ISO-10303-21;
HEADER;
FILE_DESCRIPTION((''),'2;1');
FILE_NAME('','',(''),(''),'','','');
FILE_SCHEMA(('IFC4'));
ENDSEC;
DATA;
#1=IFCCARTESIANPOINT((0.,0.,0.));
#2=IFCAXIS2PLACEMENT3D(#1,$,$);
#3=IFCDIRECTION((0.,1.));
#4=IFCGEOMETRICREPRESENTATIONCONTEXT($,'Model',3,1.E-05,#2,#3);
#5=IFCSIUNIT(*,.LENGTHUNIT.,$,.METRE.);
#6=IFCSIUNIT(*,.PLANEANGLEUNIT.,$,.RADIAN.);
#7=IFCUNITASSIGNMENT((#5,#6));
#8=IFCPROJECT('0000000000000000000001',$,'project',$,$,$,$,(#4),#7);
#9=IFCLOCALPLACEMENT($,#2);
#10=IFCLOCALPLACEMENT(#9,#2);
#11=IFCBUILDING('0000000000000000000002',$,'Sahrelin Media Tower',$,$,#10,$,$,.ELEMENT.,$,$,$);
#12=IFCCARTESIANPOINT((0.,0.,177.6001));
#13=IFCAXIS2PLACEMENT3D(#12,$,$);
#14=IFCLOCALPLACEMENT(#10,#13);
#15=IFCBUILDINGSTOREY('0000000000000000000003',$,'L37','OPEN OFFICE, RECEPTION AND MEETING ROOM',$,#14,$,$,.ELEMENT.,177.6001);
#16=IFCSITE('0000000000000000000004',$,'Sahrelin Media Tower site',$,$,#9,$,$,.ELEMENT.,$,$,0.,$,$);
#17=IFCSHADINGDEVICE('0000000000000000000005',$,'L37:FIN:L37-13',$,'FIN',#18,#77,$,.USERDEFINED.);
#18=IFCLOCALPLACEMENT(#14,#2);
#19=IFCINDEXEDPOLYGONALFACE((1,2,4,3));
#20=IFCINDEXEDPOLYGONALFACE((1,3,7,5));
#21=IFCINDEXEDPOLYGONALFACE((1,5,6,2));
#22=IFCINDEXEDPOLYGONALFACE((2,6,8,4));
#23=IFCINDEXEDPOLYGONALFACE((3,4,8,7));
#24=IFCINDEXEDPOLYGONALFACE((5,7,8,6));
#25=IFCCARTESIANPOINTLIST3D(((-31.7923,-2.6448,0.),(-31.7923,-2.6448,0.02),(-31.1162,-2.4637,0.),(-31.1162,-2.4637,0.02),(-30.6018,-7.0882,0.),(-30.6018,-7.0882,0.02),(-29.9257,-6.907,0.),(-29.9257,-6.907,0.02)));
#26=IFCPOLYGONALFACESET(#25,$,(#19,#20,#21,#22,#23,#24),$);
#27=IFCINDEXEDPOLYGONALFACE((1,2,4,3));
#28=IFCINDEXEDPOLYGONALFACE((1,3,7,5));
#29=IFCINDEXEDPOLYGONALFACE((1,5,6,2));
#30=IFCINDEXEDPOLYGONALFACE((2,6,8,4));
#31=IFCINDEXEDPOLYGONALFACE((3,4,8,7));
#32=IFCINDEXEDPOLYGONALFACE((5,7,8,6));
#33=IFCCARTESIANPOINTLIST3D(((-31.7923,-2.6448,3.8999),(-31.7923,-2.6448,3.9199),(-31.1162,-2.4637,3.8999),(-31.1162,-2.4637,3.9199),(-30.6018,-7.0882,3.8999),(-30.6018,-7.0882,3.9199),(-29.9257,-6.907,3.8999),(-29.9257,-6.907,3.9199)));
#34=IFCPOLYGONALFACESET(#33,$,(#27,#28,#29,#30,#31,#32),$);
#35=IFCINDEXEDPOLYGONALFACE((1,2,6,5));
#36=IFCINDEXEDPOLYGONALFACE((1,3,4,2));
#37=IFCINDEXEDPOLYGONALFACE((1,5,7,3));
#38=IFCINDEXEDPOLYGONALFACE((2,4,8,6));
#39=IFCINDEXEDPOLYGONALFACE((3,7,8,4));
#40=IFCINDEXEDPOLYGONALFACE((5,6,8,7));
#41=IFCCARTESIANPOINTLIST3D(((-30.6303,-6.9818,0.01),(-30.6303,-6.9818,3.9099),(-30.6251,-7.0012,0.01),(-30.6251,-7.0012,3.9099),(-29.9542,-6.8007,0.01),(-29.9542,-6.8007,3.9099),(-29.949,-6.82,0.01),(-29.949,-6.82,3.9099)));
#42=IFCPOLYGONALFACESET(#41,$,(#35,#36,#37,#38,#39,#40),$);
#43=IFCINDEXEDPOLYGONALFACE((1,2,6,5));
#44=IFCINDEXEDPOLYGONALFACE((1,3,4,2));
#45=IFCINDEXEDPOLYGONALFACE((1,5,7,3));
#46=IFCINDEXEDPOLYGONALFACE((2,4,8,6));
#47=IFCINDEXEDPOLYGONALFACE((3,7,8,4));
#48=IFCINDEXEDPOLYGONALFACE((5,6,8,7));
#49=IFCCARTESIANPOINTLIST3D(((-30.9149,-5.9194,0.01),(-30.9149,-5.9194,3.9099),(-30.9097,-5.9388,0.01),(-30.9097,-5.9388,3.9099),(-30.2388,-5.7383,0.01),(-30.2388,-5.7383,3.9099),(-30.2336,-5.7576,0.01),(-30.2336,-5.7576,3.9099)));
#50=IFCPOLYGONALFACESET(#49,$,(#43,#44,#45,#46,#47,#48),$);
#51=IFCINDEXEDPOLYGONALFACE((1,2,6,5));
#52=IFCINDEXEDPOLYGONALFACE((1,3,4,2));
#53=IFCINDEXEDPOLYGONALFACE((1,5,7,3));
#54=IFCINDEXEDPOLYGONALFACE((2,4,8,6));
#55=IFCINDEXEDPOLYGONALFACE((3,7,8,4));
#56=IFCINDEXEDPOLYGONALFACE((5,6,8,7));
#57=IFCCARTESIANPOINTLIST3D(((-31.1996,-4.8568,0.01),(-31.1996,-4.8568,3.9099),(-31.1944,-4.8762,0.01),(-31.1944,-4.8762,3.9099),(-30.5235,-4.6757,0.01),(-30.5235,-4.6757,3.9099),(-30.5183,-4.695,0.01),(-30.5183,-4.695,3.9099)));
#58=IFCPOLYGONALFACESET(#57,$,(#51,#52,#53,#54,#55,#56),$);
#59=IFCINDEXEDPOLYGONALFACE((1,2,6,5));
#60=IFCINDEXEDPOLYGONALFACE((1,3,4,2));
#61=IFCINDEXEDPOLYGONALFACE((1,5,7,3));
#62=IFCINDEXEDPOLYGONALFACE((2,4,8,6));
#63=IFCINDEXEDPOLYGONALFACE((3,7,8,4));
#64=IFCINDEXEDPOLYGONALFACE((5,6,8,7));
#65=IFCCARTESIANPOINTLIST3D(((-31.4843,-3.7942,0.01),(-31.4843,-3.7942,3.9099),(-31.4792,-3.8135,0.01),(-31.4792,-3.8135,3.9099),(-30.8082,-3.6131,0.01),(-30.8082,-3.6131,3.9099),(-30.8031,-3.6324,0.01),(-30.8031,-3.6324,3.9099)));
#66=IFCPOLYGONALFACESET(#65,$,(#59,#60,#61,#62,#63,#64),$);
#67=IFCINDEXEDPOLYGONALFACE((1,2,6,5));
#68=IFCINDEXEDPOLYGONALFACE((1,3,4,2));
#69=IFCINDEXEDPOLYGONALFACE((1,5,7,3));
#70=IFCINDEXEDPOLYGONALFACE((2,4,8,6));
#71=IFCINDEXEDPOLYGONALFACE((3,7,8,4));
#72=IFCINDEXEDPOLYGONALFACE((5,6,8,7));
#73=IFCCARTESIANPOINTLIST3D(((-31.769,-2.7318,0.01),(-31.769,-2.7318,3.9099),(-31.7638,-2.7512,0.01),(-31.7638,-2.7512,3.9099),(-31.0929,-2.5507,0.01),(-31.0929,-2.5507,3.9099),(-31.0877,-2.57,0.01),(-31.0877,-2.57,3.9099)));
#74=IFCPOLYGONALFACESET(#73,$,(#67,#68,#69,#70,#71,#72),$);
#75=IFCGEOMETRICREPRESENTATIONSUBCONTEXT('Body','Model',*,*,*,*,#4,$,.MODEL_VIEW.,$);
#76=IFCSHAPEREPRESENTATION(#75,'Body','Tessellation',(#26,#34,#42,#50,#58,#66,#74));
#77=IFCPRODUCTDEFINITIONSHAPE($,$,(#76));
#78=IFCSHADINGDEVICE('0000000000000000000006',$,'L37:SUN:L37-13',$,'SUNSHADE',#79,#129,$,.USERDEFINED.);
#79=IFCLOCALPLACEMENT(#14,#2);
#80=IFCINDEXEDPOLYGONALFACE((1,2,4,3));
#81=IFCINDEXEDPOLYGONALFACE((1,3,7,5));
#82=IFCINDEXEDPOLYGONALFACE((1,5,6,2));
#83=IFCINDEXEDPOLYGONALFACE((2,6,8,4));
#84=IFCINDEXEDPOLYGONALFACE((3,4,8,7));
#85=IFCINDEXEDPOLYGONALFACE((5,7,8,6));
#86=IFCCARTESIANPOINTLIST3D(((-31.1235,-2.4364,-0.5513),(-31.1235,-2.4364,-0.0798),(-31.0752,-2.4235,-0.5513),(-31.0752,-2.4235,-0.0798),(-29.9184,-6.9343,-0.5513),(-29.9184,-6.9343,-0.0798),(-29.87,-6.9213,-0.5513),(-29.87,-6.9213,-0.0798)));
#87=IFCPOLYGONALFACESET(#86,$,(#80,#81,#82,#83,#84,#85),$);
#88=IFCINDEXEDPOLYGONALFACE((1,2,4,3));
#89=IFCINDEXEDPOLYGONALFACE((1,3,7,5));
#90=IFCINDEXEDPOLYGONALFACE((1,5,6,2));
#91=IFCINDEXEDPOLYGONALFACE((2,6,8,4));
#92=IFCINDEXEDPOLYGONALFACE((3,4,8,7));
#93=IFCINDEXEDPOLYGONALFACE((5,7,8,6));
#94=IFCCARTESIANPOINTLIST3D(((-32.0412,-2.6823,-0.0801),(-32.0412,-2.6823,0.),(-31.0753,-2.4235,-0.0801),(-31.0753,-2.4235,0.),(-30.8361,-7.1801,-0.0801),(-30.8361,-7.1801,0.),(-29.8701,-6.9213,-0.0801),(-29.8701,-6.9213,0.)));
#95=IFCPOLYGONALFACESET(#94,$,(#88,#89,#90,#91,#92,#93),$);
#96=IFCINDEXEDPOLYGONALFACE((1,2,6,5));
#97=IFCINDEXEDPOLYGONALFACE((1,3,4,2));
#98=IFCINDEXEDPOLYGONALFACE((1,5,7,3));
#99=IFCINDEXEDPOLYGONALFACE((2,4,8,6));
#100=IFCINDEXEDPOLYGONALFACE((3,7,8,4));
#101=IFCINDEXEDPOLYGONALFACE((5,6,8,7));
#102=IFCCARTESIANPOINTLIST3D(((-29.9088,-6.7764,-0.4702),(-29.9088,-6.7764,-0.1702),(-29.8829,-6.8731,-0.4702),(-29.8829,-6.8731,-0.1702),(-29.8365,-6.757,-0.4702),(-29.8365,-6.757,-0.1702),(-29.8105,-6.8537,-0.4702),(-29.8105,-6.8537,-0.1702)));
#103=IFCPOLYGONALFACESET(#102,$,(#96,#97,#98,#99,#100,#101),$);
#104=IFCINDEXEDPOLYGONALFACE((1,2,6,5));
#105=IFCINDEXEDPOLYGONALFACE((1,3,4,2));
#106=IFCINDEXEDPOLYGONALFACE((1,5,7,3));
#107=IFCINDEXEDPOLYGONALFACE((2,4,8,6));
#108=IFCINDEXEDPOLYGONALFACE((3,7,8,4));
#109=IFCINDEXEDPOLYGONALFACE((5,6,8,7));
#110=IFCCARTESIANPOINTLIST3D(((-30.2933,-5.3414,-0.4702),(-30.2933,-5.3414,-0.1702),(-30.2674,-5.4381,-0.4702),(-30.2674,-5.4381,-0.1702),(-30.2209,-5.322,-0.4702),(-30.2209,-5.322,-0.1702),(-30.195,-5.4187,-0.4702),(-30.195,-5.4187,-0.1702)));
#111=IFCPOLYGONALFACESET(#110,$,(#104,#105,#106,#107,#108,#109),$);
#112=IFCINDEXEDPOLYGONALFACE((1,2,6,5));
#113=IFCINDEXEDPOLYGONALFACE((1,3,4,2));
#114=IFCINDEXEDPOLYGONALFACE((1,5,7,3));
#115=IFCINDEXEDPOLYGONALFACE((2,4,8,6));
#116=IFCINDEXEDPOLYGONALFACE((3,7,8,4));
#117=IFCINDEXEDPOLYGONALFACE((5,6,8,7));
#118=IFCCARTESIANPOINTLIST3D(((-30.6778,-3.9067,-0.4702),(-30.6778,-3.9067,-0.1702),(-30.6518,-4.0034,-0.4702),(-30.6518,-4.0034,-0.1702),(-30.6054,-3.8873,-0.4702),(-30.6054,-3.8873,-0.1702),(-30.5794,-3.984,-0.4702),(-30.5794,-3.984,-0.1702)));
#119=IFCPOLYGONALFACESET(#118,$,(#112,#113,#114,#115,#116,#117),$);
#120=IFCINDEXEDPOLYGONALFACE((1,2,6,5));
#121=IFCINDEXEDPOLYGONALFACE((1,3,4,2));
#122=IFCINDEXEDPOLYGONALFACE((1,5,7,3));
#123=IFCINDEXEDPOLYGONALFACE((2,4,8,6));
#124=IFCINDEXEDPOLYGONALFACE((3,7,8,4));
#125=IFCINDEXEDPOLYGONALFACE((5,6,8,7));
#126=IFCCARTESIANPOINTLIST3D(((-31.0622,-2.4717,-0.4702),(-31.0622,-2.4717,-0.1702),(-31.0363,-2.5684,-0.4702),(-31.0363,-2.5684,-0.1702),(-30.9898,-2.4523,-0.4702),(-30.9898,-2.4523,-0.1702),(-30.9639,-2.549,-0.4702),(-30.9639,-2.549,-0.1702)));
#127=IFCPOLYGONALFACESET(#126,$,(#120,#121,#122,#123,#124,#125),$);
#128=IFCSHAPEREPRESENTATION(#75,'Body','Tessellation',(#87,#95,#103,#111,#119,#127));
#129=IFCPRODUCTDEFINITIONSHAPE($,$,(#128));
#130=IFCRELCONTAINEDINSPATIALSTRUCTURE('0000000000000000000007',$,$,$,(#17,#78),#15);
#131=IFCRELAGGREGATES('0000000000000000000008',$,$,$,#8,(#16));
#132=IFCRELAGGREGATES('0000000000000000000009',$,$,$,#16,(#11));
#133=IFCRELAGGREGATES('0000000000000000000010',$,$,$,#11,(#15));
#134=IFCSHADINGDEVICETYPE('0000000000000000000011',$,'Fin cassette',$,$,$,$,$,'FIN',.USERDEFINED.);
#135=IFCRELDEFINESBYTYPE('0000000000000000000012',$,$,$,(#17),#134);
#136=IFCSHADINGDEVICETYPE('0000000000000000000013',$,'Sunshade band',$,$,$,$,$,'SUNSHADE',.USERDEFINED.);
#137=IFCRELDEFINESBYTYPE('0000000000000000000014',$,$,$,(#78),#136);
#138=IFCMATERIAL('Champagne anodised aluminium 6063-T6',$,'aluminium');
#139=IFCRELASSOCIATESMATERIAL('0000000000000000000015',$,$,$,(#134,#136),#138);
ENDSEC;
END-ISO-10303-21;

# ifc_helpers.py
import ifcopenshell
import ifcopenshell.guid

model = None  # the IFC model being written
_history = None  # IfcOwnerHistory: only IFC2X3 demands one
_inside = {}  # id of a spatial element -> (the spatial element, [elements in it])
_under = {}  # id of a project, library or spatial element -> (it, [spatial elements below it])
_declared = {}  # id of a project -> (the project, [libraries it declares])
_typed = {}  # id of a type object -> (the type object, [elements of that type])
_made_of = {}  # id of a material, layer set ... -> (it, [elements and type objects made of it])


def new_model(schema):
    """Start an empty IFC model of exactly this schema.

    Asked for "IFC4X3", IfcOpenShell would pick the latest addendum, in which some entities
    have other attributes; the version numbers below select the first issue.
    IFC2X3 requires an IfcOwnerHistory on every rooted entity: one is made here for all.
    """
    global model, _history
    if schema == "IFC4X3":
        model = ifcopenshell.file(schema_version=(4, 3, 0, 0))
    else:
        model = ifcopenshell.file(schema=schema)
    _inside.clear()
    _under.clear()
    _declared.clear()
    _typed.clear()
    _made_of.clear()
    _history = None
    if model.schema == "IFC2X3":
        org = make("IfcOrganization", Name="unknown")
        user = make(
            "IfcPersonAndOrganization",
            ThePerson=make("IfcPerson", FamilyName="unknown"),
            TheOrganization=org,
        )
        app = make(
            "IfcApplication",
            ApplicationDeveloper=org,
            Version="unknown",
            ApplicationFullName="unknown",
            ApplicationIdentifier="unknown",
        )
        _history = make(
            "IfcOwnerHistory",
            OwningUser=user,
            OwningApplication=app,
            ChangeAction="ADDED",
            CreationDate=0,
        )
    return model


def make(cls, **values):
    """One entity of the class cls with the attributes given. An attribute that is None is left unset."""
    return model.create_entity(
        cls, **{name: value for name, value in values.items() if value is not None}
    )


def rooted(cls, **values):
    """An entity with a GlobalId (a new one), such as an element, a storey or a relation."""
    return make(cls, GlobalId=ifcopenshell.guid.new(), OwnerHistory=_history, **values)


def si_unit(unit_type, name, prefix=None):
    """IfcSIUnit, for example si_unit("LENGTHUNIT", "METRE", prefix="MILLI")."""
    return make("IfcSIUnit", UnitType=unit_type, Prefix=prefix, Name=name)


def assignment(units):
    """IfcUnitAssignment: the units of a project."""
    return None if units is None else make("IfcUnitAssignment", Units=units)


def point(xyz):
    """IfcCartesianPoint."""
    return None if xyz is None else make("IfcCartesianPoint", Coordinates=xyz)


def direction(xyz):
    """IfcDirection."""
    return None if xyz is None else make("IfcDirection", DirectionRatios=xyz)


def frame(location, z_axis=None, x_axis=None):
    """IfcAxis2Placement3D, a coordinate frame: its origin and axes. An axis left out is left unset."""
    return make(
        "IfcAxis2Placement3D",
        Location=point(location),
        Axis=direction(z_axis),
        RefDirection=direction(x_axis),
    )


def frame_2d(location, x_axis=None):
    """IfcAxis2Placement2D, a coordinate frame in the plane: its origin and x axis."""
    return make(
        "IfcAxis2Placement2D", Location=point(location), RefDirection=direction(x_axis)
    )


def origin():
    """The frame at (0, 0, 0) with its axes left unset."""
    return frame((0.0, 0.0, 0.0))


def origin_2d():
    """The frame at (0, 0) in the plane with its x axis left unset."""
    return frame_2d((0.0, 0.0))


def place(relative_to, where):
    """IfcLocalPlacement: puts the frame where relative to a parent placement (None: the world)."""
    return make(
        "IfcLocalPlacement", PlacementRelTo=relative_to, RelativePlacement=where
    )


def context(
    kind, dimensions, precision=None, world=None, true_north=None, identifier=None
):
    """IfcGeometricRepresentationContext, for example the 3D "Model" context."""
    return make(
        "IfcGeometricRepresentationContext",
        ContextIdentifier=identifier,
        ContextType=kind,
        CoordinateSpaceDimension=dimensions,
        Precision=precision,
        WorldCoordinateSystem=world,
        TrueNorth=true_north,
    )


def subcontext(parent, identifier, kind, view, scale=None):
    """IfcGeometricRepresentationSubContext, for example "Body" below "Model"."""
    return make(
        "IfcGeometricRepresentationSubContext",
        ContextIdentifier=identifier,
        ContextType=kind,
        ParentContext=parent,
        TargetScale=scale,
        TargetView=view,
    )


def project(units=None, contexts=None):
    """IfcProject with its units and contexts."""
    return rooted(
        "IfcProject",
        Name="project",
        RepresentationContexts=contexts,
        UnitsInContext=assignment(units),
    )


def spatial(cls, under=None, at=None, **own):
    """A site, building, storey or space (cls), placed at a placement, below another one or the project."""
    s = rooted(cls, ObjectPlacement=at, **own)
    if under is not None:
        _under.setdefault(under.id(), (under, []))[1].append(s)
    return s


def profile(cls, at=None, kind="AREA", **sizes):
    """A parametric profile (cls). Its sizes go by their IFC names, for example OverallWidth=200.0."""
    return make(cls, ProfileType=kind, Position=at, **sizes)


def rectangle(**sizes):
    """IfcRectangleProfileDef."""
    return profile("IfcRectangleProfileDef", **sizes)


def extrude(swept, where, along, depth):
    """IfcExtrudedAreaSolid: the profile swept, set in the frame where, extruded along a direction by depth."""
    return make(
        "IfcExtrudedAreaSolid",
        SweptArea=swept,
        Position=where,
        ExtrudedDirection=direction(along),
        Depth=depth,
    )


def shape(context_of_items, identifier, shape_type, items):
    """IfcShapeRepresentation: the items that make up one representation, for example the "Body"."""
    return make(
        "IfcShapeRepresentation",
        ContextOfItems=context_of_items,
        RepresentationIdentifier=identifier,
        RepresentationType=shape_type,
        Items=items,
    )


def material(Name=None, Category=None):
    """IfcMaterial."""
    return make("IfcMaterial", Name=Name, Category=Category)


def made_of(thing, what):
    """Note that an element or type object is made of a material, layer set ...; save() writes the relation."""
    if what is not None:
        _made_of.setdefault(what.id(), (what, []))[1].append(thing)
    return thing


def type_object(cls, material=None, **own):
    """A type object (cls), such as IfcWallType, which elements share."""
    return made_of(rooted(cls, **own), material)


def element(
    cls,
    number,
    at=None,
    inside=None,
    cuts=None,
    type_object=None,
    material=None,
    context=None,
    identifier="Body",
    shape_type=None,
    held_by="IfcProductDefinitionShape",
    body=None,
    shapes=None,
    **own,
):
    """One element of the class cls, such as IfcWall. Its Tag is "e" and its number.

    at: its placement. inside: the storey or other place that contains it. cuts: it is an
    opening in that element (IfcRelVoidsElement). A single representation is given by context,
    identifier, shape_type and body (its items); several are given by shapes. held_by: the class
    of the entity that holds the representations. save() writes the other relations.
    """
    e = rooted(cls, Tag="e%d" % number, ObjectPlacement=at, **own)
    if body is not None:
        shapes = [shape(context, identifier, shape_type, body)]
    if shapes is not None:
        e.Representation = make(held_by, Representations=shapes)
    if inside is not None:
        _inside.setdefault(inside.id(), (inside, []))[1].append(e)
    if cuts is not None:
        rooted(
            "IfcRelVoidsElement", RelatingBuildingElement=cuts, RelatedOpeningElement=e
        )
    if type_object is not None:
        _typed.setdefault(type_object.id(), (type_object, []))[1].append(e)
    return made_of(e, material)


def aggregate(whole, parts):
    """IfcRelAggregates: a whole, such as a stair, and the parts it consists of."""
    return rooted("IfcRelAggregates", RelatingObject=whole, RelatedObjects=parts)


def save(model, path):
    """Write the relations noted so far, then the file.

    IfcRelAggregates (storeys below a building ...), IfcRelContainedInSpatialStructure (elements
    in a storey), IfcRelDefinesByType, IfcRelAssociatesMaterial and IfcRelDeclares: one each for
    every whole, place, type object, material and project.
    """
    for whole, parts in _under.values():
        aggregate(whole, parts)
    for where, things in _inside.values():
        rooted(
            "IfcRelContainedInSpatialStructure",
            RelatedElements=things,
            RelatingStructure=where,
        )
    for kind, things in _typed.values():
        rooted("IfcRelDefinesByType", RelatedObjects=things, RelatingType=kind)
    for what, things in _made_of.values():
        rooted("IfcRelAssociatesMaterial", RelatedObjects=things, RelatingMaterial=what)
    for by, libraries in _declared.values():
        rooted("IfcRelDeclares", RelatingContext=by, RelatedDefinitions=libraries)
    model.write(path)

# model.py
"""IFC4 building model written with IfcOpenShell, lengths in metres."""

from ifc_helpers import new_model, si_unit, direction, frame, origin, origin_2d, place, context, subcontext, project, spatial, rectangle, extrude, material, type_object, element, save


model = new_model("IFC4")

# Units and contexts
model_context = context("Model", 3, precision=1e-05, world=origin(), true_north=direction((0.0, 1.0)))
body_context = subcontext(model_context, "Body", "Model", "MODEL_VIEW")
ifc_project = project(units=[si_unit("LENGTHUNIT", "METRE"), si_unit("PLANEANGLEUNIT", "RADIAN")], contexts=[model_context])

# Site, building, storey
site_placement = place(None, origin())
site = spatial("IfcSite", under=ifc_project, at=site_placement, Name="Sahrelin Media Tower site", CompositionType="ELEMENT", RefElevation=0.0)
building_placement = place(site_placement, origin())
building = spatial("IfcBuilding", under=site, at=building_placement, Name="Sahrelin Media Tower", CompositionType="ELEMENT")
storey_placement = place(building_placement, frame((0.0, 0.0, 177.6001)))
storey = spatial("IfcBuildingStorey", under=building, at=storey_placement, Name="L37", Description="OPEN OFFICE, RECEPTION AND MEETING ROOM", CompositionType="ELEMENT", Elevation=177.6001)

# Shared definitions
ifc_material_1 = material(Name="Champagne anodised aluminium 6063-T6", Category="aluminium")

# Shading devices
shading_device_type_1 = type_object("IfcShadingDeviceType", Name="Fin cassette", ElementType="FIN", PredefinedType="USERDEFINED", material=ifc_material_1)
placement = place(storey_placement, frame((-30.4534, -4.6672, 0.0), z_axis=(0.0, 0.0, 1.0), x_axis=(-0.258808, 0.965929, 0.0)))
element("IfcShadingDevice", 1, at=placement, inside=storey, type_object=shading_device_type_1, Name="L37:FIN:L37-13", ObjectType="FIN", PredefinedType="USERDEFINED", context=body_context, shape_type="SweptSolid", body=[
    extrude(rectangle(XDim=4.6001, YDim=0.7, at=origin_2d()), frame((0.0, 0.4199, 0.0)), (0.0, 0.0, 1.0), 0.02),
    extrude(rectangle(XDim=4.6001, YDim=0.7, at=origin_2d()), frame((0.0, 0.4199, 3.8999)), (0.0, 0.0, 1.0), 0.02),
    extrude(rectangle(XDim=0.02, YDim=0.7, at=origin_2d()), frame((-2.2, 0.4199, 0.01), z_axis=(0.0, 0.0, 1.0), x_axis=(1.0, 0.0, 0.0)), (0.0, 0.0, 1.0), 3.8999),
    extrude(rectangle(XDim=0.02, YDim=0.7, at=origin_2d()), frame((-1.1001, 0.4199, 0.01), z_axis=(0.0, 0.0, 1.0), x_axis=(1.0, 0.0, 0.0)), (0.0, 0.0, 1.0), 3.8999),
    extrude(rectangle(XDim=0.02, YDim=0.7, at=origin_2d()), frame((0.0, 0.4199, 0.01), z_axis=(0.0, 0.0, 1.0), x_axis=(1.0, 0.0, 0.0)), (0.0, 0.0, 1.0), 3.8999),
    extrude(rectangle(XDim=0.02, YDim=0.7, at=origin_2d()), frame((1.1001, 0.4199, 0.01), z_axis=(0.0, 0.0, 1.0), x_axis=(1.0, 0.0, 0.0)), (0.0, 0.0, 1.0), 3.8999),
    extrude(rectangle(XDim=0.02, YDim=0.7, at=origin_2d()), frame((2.2, 0.4199, 0.01), z_axis=(0.0, 0.0, 1.0), x_axis=(1.0, 0.0, 0.0)), (0.0, 0.0, 1.0), 3.8999),
])
shading_device_type_2 = type_object("IfcShadingDeviceType", Name="Sunshade band", ElementType="SUNSHADE", PredefinedType="USERDEFINED", material=ifc_material_1)
element("IfcShadingDevice", 2, at=placement, inside=storey, type_object=shading_device_type_2, Name="L37:SUN:L37-13", ObjectType="SUNSHADE", PredefinedType="USERDEFINED", context=body_context, shape_type="SweptSolid", body=[
    extrude(rectangle(XDim=4.6565, YDim=0.05, at=origin_2d()), frame((0.0, 0.0449, -0.5513)), (0.0, 0.0, 1.0), 0.4714),
    extrude(rectangle(XDim=4.6565, YDim=1.0, at=origin_2d()), frame((0.0, 0.52, -0.0801)), (0.0, 0.0, 1.0), 0.0801),
    extrude(rectangle(XDim=0.1001, YDim=0.075, at=origin_2d()), frame((-2.2283, -0.0176, -0.4702)), (0.0, 0.0, 1.0), 0.3),
    extrude(rectangle(XDim=0.1001, YDim=0.075, at=origin_2d()), frame((-0.7427, -0.0176, -0.4702)), (0.0, 0.0, 1.0), 0.3),
    extrude(rectangle(XDim=0.1001, YDim=0.075, at=origin_2d()), frame((0.7427, -0.0176, -0.4702)), (0.0, 0.0, 1.0), 0.3),
    extrude(rectangle(XDim=0.1001, YDim=0.075, at=origin_2d()), frame((2.2283, -0.0176, -0.4702)), (0.0, 0.0, 1.0), 0.3),
])

save(model, "model.ifc")
